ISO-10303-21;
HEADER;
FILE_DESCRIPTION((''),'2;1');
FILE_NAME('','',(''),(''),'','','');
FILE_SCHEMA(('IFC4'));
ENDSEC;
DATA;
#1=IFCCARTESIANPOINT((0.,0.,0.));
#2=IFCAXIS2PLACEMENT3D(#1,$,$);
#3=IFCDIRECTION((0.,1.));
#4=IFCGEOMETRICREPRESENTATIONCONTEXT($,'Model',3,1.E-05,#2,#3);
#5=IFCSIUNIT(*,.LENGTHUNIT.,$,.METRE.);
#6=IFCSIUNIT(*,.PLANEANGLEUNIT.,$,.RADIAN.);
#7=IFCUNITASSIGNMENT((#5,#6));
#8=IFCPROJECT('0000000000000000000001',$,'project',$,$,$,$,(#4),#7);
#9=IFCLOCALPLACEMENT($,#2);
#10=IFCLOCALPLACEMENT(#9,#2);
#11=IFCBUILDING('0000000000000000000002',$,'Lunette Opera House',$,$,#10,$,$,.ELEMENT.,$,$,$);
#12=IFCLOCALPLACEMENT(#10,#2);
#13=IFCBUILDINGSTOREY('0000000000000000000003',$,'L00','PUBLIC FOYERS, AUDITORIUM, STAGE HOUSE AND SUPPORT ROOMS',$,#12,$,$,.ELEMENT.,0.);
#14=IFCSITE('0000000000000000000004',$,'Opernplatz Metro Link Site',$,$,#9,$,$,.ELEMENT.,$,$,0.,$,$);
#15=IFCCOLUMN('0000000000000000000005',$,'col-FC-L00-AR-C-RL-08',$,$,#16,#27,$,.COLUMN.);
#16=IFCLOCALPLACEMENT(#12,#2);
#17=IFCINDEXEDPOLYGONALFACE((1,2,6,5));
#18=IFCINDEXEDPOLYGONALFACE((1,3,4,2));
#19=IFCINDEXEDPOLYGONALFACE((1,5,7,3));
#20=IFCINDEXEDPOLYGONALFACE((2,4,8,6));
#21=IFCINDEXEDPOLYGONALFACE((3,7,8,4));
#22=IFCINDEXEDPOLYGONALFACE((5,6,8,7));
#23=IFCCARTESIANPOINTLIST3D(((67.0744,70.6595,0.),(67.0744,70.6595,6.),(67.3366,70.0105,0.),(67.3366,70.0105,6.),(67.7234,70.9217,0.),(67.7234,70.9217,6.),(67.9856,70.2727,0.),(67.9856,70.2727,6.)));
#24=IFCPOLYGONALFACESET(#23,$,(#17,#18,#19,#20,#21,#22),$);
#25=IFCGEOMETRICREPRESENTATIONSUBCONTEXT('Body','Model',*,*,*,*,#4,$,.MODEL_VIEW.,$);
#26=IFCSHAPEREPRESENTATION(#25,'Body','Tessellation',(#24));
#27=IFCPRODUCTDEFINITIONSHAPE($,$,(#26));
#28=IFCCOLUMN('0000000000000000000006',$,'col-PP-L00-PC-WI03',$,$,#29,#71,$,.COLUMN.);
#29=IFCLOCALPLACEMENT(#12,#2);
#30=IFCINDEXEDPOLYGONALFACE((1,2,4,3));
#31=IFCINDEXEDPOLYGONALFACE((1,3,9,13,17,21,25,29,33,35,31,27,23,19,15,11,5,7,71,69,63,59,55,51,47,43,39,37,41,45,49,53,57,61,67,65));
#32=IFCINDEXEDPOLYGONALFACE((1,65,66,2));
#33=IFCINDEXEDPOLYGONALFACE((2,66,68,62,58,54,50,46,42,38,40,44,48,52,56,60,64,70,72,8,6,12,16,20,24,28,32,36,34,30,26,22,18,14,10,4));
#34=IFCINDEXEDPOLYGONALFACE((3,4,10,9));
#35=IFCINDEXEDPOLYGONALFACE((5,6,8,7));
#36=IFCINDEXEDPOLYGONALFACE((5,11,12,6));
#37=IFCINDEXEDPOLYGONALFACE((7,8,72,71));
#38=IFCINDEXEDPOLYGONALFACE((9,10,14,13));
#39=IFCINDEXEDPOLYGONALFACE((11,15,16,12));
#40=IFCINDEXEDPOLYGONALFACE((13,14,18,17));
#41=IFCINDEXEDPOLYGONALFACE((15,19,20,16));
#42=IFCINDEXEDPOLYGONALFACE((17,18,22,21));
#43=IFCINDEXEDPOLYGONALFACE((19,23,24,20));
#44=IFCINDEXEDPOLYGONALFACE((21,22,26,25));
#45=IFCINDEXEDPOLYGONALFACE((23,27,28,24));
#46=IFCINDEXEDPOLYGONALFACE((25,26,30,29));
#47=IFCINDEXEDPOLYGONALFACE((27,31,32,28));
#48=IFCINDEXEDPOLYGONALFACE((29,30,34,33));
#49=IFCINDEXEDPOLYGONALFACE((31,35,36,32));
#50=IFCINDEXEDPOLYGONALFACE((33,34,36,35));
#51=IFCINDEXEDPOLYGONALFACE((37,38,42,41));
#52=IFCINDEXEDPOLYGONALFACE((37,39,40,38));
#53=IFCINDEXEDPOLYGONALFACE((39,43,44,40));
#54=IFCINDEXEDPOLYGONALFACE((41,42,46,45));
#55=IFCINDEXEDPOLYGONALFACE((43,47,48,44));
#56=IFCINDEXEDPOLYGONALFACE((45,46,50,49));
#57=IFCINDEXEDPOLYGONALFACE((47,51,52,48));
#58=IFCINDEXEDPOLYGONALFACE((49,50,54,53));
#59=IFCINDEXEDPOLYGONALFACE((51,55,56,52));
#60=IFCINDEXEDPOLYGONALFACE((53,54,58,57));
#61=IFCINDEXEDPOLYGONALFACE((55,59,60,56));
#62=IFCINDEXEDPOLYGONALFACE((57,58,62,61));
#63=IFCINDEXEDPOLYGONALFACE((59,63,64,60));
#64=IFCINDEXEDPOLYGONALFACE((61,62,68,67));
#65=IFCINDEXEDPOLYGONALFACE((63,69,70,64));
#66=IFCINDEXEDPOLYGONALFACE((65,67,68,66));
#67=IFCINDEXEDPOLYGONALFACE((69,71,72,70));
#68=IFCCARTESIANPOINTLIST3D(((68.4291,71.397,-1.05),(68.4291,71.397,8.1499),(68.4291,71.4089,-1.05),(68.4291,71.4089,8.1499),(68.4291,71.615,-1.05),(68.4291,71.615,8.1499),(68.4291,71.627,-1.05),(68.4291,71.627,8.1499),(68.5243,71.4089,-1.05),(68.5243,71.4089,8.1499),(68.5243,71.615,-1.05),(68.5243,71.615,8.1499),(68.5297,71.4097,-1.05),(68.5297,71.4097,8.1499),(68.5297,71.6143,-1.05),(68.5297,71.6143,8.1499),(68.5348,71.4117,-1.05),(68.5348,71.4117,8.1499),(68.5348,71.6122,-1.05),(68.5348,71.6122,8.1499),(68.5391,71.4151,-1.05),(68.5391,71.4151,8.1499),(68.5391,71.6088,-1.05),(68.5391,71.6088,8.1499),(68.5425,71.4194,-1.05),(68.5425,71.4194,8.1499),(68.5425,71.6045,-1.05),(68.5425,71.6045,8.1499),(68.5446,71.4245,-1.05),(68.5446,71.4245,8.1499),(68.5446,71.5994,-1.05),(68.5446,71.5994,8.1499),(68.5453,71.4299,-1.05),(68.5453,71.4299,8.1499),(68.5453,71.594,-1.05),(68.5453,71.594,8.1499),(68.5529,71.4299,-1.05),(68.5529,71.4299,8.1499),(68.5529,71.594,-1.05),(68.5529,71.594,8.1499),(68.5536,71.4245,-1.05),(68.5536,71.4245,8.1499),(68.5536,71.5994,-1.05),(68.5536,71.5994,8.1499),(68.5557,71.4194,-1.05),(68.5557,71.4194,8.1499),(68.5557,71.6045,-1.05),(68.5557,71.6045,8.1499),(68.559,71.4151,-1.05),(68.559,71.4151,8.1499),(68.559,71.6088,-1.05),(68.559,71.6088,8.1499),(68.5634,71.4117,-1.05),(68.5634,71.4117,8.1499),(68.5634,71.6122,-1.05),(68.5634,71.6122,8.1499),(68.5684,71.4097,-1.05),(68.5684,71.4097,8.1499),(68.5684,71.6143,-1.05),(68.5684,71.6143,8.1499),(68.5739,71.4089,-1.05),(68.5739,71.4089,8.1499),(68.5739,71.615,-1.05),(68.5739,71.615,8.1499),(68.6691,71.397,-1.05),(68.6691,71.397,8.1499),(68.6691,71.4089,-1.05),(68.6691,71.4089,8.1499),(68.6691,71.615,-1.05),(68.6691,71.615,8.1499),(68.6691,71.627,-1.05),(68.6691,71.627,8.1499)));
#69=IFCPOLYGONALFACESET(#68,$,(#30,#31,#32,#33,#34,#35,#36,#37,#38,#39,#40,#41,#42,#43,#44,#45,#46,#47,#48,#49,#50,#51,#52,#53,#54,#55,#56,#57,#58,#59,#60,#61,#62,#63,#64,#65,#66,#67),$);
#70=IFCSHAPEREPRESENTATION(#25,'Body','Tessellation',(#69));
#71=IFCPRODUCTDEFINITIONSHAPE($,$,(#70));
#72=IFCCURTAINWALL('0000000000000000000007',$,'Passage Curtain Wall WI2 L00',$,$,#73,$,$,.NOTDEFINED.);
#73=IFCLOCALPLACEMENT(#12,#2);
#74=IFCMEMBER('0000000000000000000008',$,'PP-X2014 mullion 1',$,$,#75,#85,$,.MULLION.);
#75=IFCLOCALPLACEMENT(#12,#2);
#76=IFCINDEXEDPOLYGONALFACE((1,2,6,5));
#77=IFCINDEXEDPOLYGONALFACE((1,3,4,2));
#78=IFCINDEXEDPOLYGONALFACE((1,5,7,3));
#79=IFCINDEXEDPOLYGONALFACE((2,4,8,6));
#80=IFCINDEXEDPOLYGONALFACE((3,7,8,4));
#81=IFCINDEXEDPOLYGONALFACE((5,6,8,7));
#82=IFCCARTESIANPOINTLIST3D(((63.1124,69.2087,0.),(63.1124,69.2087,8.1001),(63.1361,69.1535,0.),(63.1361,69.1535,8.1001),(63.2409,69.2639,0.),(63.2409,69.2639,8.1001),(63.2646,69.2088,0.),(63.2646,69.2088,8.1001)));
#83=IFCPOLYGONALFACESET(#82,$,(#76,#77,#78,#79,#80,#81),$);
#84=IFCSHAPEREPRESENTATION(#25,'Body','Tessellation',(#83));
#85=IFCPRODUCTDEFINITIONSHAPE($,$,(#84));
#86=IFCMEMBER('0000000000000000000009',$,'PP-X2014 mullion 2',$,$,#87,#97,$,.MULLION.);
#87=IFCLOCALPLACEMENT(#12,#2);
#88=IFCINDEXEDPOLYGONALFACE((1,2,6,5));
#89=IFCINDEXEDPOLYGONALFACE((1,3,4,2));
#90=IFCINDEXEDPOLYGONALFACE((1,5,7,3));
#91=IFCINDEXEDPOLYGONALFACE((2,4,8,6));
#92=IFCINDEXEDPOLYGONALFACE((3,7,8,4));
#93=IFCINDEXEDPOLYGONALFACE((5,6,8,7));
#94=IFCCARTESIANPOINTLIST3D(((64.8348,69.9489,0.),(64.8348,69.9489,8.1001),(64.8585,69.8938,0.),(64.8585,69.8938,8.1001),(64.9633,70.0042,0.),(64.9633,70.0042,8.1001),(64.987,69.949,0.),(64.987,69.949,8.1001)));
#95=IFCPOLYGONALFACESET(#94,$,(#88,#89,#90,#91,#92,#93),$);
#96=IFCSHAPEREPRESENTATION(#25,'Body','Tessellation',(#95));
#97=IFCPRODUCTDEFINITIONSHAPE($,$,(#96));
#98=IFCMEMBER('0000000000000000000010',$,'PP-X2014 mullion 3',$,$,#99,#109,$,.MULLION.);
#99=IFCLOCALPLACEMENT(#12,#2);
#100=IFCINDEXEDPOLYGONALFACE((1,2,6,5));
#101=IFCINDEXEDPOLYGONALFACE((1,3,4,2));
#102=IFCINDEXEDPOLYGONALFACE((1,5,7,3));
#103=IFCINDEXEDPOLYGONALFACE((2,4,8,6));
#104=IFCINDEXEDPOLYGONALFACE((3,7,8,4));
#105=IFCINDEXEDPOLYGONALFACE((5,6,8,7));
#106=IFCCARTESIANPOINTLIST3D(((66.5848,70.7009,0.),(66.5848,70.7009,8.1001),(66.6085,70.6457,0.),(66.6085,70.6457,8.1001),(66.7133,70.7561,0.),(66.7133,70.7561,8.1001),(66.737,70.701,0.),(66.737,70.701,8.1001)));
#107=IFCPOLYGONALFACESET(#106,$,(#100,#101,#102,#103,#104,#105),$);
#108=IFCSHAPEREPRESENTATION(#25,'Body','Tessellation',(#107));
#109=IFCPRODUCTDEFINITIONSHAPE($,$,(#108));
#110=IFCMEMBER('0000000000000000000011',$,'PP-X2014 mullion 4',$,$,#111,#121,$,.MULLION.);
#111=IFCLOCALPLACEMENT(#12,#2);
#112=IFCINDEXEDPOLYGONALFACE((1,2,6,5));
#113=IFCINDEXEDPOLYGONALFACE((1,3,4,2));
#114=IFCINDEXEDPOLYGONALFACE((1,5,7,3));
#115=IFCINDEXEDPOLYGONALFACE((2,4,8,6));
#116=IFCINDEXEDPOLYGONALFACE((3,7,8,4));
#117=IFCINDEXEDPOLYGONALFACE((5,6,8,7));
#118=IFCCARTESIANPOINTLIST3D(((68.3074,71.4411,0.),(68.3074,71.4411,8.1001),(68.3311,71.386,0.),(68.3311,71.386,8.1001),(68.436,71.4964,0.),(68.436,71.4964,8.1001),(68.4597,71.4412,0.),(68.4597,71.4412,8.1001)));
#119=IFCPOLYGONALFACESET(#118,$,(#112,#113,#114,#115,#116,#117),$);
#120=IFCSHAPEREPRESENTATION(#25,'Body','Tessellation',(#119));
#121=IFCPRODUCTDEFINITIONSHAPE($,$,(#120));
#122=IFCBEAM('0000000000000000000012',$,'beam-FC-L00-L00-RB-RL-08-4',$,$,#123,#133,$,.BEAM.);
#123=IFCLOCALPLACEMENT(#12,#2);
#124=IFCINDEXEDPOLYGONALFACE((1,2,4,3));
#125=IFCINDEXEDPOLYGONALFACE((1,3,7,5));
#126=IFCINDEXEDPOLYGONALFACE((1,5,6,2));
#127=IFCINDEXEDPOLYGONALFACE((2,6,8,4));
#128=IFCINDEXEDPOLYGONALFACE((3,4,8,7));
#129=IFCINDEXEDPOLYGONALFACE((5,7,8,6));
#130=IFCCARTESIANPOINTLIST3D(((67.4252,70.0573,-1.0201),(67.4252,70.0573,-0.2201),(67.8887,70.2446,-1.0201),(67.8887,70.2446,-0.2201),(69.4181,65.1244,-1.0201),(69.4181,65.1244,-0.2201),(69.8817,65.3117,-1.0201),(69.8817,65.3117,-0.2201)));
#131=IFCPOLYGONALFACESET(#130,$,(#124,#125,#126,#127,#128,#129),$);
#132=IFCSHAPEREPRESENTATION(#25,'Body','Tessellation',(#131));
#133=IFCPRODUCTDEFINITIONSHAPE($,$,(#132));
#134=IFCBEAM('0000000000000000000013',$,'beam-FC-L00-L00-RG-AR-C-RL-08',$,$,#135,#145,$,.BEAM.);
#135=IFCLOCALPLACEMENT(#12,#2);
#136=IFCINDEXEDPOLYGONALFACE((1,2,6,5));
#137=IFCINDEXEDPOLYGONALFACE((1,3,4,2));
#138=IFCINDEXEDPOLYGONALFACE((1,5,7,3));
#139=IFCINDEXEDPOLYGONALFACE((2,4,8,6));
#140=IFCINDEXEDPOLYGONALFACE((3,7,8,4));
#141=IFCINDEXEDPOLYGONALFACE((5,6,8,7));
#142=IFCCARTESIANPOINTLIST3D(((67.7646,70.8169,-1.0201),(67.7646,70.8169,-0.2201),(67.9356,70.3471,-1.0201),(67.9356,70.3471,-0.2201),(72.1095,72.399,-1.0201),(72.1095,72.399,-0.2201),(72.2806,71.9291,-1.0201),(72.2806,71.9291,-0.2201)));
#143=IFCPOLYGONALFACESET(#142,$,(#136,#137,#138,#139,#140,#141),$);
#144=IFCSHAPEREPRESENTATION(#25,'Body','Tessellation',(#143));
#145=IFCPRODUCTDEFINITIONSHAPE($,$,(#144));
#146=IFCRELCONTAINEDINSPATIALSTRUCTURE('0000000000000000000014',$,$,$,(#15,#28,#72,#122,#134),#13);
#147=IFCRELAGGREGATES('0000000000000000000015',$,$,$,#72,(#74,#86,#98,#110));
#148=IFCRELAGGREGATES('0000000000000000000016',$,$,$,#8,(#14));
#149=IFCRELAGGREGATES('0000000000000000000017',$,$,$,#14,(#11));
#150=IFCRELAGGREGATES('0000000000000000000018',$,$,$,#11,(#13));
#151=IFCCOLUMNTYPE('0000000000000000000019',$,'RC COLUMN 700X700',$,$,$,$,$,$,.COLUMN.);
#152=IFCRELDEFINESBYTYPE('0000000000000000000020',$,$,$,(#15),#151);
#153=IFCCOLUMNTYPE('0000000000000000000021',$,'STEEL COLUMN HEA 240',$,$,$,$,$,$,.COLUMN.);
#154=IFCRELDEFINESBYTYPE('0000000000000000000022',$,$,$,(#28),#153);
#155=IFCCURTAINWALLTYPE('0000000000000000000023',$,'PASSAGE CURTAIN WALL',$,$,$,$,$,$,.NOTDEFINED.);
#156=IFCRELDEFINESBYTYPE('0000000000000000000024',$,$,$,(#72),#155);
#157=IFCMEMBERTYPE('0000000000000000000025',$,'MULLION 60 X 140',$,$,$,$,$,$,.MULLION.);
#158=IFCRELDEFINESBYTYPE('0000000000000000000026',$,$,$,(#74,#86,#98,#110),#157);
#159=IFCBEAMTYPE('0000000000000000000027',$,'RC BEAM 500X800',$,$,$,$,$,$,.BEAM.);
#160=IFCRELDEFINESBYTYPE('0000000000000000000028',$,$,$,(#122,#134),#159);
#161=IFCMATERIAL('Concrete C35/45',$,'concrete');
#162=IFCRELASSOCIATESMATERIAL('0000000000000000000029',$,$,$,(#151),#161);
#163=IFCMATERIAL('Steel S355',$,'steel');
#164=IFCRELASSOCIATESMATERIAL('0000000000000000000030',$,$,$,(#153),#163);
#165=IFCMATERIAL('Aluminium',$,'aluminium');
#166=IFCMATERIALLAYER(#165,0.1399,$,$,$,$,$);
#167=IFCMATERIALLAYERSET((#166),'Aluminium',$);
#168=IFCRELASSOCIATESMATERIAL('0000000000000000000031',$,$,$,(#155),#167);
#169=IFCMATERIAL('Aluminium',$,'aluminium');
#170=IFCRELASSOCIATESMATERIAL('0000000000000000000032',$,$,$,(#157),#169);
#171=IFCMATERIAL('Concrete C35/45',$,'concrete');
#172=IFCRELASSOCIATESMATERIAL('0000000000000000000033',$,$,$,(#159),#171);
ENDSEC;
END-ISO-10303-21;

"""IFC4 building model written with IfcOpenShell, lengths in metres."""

from ifc_helpers import new_model, si_unit, direction, frame, origin, origin_2d, place, context, subcontext, project, spatial, rectangle, i_section, extrude, material, layer, layer_set, material_profile, profile_set, type_object, element, aggregate, save


model = new_model("IFC4")

# Units and contexts
model_context = context("Model", 3, precision=1e-05, world=origin(), true_north=direction((0.0, 1.0)))
body_context = subcontext(model_context, "Body", "Model", "MODEL_VIEW")
ifc_project = project(units=[si_unit("LENGTHUNIT", "METRE"), si_unit("PLANEANGLEUNIT", "RADIAN")], contexts=[model_context])

# Site, building, storey
site_placement = place(None, origin())
site = spatial("IfcSite", under=ifc_project, at=site_placement, Name="Opernplatz Metro Link Site", CompositionType="ELEMENT", RefElevation=0.0)
building_placement = place(site_placement, origin())
building = spatial("IfcBuilding", under=site, at=building_placement, Name="Lunette Opera House", CompositionType="ELEMENT")
storey_placement = place(building_placement, origin())
storey = spatial("IfcBuildingStorey", under=building, at=storey_placement, Name="L00", Description="PUBLIC FOYERS, AUDITORIUM, STAGE HOUSE AND SUPPORT ROOMS", CompositionType="ELEMENT", Elevation=0.0)

# Columns
ifc_material_1 = material(Name="Concrete C35/45", Category="concrete")
ifc_material_profile_1 = material_profile(ifc_material_1, rectangle(XDim=0.7, YDim=0.7, at=origin_2d()), Name="RC COLUMN 700X700")
ifc_profile_set_1 = profile_set([ifc_material_profile_1], Name="Concrete C35/45")
column_type_1 = type_object("IfcColumnType", Name="RC COLUMN 700X700", PredefinedType="COLUMN", material=ifc_profile_set_1)
column_1_placement = place(storey_placement, frame((67.53, 70.4661, 0.0), z_axis=(0.0, 0.0, 1.0), x_axis=(0.927184, 0.374607, 0.0)))
element("IfcColumn", 1, at=column_1_placement, inside=storey, type_object=column_type_1, Name="col-FC-L00-AR-C-RL-08", PredefinedType="COLUMN", context=body_context, shape_type="SweptSolid", body=[
    extrude(rectangle(XDim=0.7, YDim=0.7, at=origin_2d()), origin(), (0.0, 0.0, 1.0), 6.0),
])
ifc_material_2 = material(Name="Steel S355", Category="steel")
ifc_material_profile_2 = material_profile(ifc_material_2, i_section(OverallWidth=0.24, OverallDepth=0.23, WebThickness=0.0076, FlangeThickness=0.012, FilletRadius=0.021, at=origin_2d()), Name="HEA 240")
ifc_profile_set_2 = profile_set([ifc_material_profile_2], Name="Steel S355")
column_type_2 = type_object("IfcColumnType", Name="STEEL COLUMN HEA 240", PredefinedType="COLUMN", material=ifc_profile_set_2)
column_2_placement = place(storey_placement, frame((68.5491, 71.512, -1.05), z_axis=(0.0, 0.0, 1.0), x_axis=(1.0, 0.0, 0.0)))
element("IfcColumn", 2, at=column_2_placement, inside=storey, type_object=column_type_2, Name="col-PP-L00-PC-WI03", PredefinedType="COLUMN", context=body_context, shape_type="SweptSolid", body=[
    extrude(i_section(OverallWidth=0.24, OverallDepth=0.23, WebThickness=0.0076, FlangeThickness=0.012, FilletRadius=0.021, at=origin_2d()), origin(), (0.0, 0.0, 1.0), 9.2),
])

# Curtain wall, members
ifc_material_3 = material(Name="Aluminium", Category="aluminium")
ifc_layer_1 = layer(ifc_material_3, 0.1399)
ifc_layer_set_1 = layer_set([ifc_layer_1], Name="Aluminium")
curtain_wall_type = type_object("IfcCurtainWallType", Name="PASSAGE CURTAIN WALL", PredefinedType="NOTDEFINED", material=ifc_layer_set_1)
curtain_wall_placement = place(storey_placement, origin())
curtain_wall = element("IfcCurtainWall", 3, at=curtain_wall_placement, inside=storey, type_object=curtain_wall_type, Name="Passage Curtain Wall WI2 L00", PredefinedType="NOTDEFINED")
ifc_material_4 = material(Name="Aluminium", Category="aluminium")
ifc_material_profile_3 = material_profile(ifc_material_4, rectangle(XDim=0.0601, YDim=0.1399, at=origin_2d()), Name="MULLION 60 X 140")
ifc_profile_set_3 = profile_set([ifc_material_profile_3], Name="Aluminium")
member_type_1 = type_object("IfcMemberType", Name="MULLION 60 X 140", PredefinedType="MULLION", material=ifc_profile_set_3)
member_1_placement = place(storey_placement, frame((63.1885, 69.2087, 0.0), z_axis=(0.0, 0.0, 1.0), x_axis=(-0.394806, 0.918764, 0.0)))
member_1 = element("IfcMember", 4, at=member_1_placement, type_object=member_type_1, Name="PP-X2014 mullion 1", PredefinedType="MULLION", context=body_context, shape_type="SweptSolid", body=[
    extrude(rectangle(XDim=0.0601, YDim=0.1399, at=origin_2d()), origin(), (0.0, 0.0, 1.0), 8.1001),
])
member_2_placement = place(storey_placement, frame((64.9109, 69.949, 0.0), z_axis=(0.0, 0.0, 1.0), x_axis=(-0.394806, 0.918764, 0.0)))
member_2 = element("IfcMember", 5, at=member_2_placement, type_object=member_type_1, Name="PP-X2014 mullion 2", PredefinedType="MULLION", context=body_context, shape_type="SweptSolid", body=[
    extrude(rectangle(XDim=0.0601, YDim=0.1399, at=origin_2d()), origin(), (0.0, 0.0, 1.0), 8.1001),
])
member_3_placement = place(storey_placement, frame((66.6609, 70.7009, 0.0), z_axis=(0.0, 0.0, 1.0), x_axis=(-0.394806, 0.918764, 0.0)))
member_3 = element("IfcMember", 6, at=member_3_placement, type_object=member_type_1, Name="PP-X2014 mullion 3", PredefinedType="MULLION", context=body_context, shape_type="SweptSolid", body=[
    extrude(rectangle(XDim=0.0601, YDim=0.1399, at=origin_2d()), origin(), (0.0, 0.0, 1.0), 8.1001),
])
member_4_placement = place(storey_placement, frame((68.3835, 71.4412, 0.0), z_axis=(0.0, 0.0, 1.0), x_axis=(-0.394806, 0.918764, 0.0)))
member_4 = element("IfcMember", 7, at=member_4_placement, type_object=member_type_1, Name="PP-X2014 mullion 4", PredefinedType="MULLION", context=body_context, shape_type="SweptSolid", body=[
    extrude(rectangle(XDim=0.0601, YDim=0.1399, at=origin_2d()), origin(), (0.0, 0.0, 1.0), 8.1001),
])

# Beams
ifc_material_5 = material(Name="Concrete C35/45", Category="concrete")
ifc_material_profile_4 = material_profile(ifc_material_5, rectangle(XDim=0.5, YDim=0.8, at=origin_2d()), Name="RC BEAM 500X800")
ifc_profile_set_4 = profile_set([ifc_material_profile_4], Name="Concrete C35/45")
beam_type_1 = type_object("IfcBeamType", Name="RC BEAM 500X800", PredefinedType="BEAM", material=ifc_profile_set_4)
beam_1_placement = place(storey_placement, frame((69.6499, 65.218, -0.6201), z_axis=(-0.374593, 0.927189, 0.0), x_axis=(-0.927189, -0.374593, 0.0)))
element("IfcBeam", 8, at=beam_1_placement, inside=storey, type_object=beam_type_1, Name="beam-FC-L00-L00-RB-RL-08-4", PredefinedType="BEAM", context=body_context, shape_type="SweptSolid", body=[
    extrude(rectangle(XDim=0.5, YDim=0.8, at=origin_2d()), origin(), (0.0, 0.0, 1.0), 5.3203),
])
beam_2_placement = place(storey_placement, frame((67.8501, 70.582, -0.6201), z_axis=(0.939652, 0.342133, 0.0), x_axis=(-0.342133, 0.939652, 0.0)))
element("IfcBeam", 9, at=beam_2_placement, inside=storey, type_object=beam_type_1, Name="beam-FC-L00-L00-RG-AR-C-RL-08", PredefinedType="BEAM", context=body_context, shape_type="SweptSolid", body=[
    extrude(rectangle(XDim=0.5, YDim=0.8, at=origin_2d()), origin(), (0.0, 0.0, 1.0), 4.624),
])

aggregate(curtain_wall, [member_1, member_2, member_3, member_4])

save(model, "model.ifc")
